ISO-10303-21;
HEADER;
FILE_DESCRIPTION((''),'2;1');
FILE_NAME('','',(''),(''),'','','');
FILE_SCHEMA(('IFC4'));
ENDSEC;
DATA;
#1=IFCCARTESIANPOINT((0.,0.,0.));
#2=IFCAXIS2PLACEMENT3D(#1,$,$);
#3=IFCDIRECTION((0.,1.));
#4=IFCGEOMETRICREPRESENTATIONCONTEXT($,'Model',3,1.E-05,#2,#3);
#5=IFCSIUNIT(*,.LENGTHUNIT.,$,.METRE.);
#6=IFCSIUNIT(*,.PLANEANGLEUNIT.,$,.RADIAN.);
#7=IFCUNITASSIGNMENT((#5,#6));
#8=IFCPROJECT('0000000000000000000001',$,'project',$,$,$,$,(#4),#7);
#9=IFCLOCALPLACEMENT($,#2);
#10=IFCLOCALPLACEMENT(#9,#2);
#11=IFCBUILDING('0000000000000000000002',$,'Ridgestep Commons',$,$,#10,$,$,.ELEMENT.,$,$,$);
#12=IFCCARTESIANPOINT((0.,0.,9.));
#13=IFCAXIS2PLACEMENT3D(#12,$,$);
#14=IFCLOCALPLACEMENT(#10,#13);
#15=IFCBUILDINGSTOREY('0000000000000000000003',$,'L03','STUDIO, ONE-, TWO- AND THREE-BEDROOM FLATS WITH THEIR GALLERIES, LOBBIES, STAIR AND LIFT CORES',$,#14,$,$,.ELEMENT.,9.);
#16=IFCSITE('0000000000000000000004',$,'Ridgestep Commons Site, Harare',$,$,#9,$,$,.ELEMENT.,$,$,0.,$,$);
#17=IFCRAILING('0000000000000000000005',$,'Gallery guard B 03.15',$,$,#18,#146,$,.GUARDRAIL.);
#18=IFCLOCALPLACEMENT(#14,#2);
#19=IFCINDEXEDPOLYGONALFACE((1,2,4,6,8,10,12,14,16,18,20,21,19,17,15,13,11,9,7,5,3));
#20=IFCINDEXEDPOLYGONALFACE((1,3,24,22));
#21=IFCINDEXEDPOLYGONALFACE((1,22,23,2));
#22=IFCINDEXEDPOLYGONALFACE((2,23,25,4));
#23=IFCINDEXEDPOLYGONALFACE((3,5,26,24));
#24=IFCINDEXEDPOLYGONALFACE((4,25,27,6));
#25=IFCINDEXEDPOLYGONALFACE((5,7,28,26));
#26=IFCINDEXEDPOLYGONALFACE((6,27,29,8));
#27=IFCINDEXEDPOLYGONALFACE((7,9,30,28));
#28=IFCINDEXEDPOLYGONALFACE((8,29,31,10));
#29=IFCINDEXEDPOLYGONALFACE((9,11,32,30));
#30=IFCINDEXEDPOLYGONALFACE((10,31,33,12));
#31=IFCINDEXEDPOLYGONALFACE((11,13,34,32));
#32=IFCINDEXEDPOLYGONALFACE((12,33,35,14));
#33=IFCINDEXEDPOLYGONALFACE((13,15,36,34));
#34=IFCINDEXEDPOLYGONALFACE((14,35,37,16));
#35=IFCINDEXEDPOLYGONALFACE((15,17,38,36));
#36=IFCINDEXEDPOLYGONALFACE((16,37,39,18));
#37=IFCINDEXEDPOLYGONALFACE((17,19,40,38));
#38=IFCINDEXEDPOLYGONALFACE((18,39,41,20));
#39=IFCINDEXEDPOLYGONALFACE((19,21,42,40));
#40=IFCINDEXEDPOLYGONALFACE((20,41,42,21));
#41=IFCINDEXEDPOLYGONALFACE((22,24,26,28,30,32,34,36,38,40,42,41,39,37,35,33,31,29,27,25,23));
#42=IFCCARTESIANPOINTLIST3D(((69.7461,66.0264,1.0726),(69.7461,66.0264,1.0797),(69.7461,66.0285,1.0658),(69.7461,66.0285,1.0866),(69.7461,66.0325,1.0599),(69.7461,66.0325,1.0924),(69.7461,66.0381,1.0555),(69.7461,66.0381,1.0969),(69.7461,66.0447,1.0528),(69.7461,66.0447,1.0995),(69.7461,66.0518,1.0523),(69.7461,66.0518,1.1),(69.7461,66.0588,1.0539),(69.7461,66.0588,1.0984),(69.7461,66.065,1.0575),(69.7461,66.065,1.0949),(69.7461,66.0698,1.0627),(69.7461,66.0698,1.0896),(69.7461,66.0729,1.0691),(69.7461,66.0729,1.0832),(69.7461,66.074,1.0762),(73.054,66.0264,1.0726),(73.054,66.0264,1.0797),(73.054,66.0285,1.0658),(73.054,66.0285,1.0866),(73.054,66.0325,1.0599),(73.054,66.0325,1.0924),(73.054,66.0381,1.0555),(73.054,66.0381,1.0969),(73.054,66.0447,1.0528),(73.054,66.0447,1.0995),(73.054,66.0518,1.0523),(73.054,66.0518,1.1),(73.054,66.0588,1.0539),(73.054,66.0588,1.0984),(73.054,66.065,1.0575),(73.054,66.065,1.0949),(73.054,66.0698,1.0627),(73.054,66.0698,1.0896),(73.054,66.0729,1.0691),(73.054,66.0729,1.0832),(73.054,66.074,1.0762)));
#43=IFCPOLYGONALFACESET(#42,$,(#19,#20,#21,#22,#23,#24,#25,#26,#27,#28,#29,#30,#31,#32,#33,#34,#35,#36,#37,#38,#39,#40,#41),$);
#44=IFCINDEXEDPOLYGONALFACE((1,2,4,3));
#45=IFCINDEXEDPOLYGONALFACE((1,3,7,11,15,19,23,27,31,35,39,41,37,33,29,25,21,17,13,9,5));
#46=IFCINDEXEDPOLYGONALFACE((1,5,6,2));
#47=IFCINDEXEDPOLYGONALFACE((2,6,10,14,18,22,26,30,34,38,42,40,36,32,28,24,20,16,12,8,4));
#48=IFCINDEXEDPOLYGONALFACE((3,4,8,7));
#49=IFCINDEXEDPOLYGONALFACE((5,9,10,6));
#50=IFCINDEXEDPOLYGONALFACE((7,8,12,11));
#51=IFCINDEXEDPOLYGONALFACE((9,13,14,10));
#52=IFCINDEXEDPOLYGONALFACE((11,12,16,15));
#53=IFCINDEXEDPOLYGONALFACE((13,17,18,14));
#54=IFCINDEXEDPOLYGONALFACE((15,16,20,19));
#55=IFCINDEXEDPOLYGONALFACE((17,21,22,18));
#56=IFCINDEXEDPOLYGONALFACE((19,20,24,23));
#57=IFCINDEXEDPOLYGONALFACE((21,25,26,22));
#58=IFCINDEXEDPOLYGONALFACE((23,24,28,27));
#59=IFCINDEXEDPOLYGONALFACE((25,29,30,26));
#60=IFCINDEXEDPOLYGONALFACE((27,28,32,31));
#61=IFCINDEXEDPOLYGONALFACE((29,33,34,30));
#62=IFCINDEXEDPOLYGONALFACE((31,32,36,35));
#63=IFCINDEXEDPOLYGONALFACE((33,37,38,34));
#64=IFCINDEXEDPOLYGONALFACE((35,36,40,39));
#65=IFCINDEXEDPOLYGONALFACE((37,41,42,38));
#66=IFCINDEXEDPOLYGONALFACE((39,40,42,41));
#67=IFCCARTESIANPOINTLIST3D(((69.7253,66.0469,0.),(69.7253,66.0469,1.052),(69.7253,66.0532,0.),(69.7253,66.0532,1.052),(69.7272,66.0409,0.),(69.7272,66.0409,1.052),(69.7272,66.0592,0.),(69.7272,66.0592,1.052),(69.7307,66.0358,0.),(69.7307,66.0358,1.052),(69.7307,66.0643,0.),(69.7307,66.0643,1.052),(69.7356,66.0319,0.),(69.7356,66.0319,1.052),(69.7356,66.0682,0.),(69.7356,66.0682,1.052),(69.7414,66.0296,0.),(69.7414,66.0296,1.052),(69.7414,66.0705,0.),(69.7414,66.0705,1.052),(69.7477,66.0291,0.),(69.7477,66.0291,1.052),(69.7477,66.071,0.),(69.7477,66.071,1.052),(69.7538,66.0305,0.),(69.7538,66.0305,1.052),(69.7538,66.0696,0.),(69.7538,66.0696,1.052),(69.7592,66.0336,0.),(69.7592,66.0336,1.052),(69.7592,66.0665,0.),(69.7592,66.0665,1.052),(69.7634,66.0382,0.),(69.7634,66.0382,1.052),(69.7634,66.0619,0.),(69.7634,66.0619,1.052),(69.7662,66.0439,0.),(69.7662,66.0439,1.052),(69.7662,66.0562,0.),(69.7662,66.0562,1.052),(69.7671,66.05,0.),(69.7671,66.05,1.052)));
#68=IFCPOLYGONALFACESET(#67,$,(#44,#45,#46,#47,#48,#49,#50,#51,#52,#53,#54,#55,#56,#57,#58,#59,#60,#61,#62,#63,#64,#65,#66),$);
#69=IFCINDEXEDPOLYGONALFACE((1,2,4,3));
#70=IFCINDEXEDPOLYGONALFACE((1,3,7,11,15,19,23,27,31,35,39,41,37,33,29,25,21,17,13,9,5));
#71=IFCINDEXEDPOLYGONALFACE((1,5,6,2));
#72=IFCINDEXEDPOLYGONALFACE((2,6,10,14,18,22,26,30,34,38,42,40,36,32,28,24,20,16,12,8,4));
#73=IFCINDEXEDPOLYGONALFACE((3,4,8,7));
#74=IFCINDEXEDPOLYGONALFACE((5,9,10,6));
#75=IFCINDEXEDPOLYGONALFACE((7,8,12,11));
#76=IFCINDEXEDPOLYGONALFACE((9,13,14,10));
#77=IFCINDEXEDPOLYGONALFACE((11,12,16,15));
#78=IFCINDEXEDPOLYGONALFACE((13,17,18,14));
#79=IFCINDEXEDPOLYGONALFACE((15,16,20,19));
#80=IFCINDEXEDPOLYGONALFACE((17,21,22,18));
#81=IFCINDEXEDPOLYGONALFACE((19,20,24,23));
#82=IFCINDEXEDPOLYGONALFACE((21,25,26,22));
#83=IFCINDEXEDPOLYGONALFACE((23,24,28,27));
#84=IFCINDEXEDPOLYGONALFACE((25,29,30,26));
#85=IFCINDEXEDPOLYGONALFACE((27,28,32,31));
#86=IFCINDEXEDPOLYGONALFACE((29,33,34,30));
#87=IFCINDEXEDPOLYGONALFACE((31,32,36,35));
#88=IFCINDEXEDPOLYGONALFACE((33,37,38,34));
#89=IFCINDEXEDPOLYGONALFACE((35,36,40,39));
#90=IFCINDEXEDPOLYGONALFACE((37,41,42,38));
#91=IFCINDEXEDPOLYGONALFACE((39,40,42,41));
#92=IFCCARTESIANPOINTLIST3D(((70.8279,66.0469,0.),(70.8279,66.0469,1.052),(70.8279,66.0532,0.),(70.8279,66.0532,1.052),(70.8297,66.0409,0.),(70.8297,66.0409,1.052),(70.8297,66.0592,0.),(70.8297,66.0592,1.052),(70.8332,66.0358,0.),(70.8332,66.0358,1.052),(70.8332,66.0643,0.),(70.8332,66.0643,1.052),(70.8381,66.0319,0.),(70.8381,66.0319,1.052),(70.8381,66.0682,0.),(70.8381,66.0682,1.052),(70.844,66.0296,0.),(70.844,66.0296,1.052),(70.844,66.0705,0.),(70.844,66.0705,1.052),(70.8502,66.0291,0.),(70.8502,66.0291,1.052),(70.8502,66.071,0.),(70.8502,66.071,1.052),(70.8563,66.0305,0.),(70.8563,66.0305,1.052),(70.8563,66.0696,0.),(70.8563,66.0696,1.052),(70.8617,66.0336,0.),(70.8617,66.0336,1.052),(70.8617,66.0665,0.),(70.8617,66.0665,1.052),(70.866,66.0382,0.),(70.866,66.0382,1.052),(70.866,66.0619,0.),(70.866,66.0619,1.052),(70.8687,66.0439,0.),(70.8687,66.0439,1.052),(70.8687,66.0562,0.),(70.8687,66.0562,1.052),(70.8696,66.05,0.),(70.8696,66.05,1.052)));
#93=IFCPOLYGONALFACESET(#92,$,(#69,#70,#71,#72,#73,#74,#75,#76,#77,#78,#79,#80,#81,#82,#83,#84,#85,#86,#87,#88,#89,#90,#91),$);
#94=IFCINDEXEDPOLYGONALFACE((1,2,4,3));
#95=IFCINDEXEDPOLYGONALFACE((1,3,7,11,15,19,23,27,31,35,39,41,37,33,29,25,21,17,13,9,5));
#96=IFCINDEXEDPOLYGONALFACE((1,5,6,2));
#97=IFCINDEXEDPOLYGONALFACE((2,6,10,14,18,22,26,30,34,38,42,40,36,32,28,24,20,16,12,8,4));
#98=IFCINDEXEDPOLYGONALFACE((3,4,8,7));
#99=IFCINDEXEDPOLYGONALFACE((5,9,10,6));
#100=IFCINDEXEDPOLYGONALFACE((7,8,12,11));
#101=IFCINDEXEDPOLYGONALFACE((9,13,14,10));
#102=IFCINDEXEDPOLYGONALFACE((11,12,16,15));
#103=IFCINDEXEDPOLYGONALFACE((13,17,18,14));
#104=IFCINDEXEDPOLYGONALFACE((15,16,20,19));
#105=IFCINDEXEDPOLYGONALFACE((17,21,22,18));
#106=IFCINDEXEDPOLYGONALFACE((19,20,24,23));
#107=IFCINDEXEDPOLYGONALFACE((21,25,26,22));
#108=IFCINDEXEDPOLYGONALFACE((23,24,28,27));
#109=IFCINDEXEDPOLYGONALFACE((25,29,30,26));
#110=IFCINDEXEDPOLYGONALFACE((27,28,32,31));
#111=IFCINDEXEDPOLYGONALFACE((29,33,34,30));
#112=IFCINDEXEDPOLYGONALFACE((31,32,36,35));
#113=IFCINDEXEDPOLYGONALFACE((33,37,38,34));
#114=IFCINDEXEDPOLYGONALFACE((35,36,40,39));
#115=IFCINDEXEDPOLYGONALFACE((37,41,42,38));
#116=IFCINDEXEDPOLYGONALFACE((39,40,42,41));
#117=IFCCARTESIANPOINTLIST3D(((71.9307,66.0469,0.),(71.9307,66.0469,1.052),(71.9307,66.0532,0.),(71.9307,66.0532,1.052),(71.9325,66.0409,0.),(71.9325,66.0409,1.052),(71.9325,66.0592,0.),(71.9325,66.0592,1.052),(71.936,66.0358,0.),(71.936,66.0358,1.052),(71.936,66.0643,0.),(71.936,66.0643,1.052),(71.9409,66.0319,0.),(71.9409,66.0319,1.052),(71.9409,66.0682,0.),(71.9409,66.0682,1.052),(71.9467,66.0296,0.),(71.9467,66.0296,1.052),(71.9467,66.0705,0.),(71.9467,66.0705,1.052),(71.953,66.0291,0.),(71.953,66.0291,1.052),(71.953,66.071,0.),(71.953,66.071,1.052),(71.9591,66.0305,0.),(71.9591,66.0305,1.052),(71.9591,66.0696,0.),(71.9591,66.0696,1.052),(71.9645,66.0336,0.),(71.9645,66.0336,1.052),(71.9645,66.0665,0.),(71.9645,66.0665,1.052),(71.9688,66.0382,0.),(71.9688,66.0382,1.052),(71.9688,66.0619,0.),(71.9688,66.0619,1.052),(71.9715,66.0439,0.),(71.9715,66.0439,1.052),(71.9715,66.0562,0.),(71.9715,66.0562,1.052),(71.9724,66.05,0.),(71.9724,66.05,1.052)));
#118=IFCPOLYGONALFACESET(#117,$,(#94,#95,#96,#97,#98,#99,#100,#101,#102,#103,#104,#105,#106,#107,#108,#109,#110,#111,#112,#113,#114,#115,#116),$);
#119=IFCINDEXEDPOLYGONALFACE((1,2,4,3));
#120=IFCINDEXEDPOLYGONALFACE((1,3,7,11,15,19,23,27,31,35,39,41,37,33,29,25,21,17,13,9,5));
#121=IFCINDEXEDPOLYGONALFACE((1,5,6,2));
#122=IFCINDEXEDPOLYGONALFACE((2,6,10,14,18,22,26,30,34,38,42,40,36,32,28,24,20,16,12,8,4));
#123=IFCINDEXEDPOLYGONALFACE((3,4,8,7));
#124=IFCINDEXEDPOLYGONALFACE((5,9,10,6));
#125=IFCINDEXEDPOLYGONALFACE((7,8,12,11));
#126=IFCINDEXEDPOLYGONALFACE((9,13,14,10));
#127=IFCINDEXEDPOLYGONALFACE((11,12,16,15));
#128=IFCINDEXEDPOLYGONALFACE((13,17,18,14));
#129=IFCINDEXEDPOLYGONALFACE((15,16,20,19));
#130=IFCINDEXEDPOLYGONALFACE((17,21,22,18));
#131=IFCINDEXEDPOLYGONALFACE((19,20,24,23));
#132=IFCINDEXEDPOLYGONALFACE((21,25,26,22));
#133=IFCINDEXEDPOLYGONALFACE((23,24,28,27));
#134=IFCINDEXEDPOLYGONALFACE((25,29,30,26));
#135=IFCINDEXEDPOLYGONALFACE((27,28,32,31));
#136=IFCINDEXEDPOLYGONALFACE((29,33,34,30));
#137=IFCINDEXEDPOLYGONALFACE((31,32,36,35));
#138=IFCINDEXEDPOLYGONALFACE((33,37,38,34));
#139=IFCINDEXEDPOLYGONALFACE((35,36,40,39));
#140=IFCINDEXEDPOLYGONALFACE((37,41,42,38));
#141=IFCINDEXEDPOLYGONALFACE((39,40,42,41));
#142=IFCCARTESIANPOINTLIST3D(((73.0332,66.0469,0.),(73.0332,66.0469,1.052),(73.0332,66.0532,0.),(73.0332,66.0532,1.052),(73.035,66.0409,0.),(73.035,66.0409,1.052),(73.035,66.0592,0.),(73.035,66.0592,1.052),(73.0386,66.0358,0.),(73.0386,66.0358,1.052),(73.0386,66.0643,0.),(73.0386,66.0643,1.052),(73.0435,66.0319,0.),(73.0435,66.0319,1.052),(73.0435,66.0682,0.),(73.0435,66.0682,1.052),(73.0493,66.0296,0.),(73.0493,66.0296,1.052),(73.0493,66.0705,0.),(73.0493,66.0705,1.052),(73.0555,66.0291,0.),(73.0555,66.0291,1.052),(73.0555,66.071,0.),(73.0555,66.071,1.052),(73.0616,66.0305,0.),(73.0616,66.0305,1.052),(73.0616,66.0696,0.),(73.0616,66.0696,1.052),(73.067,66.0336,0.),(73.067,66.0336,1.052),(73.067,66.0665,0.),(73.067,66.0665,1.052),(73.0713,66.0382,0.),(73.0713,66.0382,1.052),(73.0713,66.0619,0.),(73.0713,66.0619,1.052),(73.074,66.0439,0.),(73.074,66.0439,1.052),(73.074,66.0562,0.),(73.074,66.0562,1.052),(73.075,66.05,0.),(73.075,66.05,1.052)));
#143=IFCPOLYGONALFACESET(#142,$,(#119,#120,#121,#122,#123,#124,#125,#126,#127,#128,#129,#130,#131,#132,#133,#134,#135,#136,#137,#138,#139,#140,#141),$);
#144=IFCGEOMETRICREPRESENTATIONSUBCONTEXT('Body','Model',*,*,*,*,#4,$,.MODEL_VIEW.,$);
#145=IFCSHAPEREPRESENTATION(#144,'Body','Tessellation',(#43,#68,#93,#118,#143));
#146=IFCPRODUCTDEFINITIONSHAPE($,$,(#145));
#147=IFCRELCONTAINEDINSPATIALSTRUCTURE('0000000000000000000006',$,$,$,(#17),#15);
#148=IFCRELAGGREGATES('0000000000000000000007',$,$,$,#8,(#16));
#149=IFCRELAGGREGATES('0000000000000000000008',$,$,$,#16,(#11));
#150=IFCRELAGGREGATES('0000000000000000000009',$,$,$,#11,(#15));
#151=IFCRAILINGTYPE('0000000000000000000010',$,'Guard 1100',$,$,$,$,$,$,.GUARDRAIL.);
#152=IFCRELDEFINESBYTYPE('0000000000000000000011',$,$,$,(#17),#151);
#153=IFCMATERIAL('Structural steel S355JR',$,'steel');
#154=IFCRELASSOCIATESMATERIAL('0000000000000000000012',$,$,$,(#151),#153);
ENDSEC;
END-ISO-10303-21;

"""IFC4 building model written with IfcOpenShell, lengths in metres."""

from ifc_helpers import new_model, si_unit, direction, frame, origin, origin_2d, place, context, subcontext, project, spatial, circle, extrude, material, type_object, element, save


model = new_model("IFC4")

# Units and contexts
model_context = context("Model", 3, precision=1e-05, world=origin(), true_north=direction((0.0, 1.0)))
body_context = subcontext(model_context, "Body", "Model", "MODEL_VIEW")
ifc_project = project(units=[si_unit("LENGTHUNIT", "METRE"), si_unit("PLANEANGLEUNIT", "RADIAN")], contexts=[model_context])

# Site, building, storey
site_placement = place(None, origin())
site = spatial("IfcSite", under=ifc_project, at=site_placement, Name="Ridgestep Commons Site, Harare", CompositionType="ELEMENT", RefElevation=0.0)
building_placement = place(site_placement, origin())
building = spatial("IfcBuilding", under=site, at=building_placement, Name="Ridgestep Commons", CompositionType="ELEMENT")
storey_placement = place(building_placement, frame((0.0, 0.0, 9.0)))
storey = spatial("IfcBuildingStorey", under=building, at=storey_placement, Name="L03", Description="STUDIO, ONE-, TWO- AND THREE-BEDROOM FLATS WITH THEIR GALLERIES, LOBBIES, STAIR AND LIFT CORES", CompositionType="ELEMENT", Elevation=9.0)

# Railing
ifc_material_1 = material(Name="Structural steel S355JR", Category="steel")
railing_type = type_object("IfcRailingType", Name="Guard 1100", PredefinedType="GUARDRAIL", material=ifc_material_1)
railing_1_placement = place(storey_placement, frame((69.7461, 66.05, 0.0)))
element("IfcRailing", 1, at=railing_1_placement, inside=storey, type_object=railing_type, Name="Gallery guard B 03.15", PredefinedType="GUARDRAIL", context=body_context, shape_type="SweptSolid", body=[
    extrude(circle(Radius=0.0239, at=origin_2d()), frame((0.0, 0.0, 1.0762), z_axis=(1.0, 0.0, 0.0), x_axis=(0.0, 1.0, 0.0)), (0.0, 0.0, 1.0), 3.3079),
    extrude(circle(Radius=0.021, at=origin_2d()), origin(), (0.0, 0.0, 1.0), 1.052),
    extrude(circle(Radius=0.021, at=origin_2d()), frame((1.1025, 0.0, 0.0)), (0.0, 0.0, 1.0), 1.052),
    extrude(circle(Radius=0.021, at=origin_2d()), frame((2.2053, 0.0, 0.0)), (0.0, 0.0, 1.0), 1.052),
    extrude(circle(Radius=0.021, at=origin_2d()), frame((3.3079, 0.0, 0.0)), (0.0, 0.0, 1.0), 1.052),
])

save(model, "model.ifc")
